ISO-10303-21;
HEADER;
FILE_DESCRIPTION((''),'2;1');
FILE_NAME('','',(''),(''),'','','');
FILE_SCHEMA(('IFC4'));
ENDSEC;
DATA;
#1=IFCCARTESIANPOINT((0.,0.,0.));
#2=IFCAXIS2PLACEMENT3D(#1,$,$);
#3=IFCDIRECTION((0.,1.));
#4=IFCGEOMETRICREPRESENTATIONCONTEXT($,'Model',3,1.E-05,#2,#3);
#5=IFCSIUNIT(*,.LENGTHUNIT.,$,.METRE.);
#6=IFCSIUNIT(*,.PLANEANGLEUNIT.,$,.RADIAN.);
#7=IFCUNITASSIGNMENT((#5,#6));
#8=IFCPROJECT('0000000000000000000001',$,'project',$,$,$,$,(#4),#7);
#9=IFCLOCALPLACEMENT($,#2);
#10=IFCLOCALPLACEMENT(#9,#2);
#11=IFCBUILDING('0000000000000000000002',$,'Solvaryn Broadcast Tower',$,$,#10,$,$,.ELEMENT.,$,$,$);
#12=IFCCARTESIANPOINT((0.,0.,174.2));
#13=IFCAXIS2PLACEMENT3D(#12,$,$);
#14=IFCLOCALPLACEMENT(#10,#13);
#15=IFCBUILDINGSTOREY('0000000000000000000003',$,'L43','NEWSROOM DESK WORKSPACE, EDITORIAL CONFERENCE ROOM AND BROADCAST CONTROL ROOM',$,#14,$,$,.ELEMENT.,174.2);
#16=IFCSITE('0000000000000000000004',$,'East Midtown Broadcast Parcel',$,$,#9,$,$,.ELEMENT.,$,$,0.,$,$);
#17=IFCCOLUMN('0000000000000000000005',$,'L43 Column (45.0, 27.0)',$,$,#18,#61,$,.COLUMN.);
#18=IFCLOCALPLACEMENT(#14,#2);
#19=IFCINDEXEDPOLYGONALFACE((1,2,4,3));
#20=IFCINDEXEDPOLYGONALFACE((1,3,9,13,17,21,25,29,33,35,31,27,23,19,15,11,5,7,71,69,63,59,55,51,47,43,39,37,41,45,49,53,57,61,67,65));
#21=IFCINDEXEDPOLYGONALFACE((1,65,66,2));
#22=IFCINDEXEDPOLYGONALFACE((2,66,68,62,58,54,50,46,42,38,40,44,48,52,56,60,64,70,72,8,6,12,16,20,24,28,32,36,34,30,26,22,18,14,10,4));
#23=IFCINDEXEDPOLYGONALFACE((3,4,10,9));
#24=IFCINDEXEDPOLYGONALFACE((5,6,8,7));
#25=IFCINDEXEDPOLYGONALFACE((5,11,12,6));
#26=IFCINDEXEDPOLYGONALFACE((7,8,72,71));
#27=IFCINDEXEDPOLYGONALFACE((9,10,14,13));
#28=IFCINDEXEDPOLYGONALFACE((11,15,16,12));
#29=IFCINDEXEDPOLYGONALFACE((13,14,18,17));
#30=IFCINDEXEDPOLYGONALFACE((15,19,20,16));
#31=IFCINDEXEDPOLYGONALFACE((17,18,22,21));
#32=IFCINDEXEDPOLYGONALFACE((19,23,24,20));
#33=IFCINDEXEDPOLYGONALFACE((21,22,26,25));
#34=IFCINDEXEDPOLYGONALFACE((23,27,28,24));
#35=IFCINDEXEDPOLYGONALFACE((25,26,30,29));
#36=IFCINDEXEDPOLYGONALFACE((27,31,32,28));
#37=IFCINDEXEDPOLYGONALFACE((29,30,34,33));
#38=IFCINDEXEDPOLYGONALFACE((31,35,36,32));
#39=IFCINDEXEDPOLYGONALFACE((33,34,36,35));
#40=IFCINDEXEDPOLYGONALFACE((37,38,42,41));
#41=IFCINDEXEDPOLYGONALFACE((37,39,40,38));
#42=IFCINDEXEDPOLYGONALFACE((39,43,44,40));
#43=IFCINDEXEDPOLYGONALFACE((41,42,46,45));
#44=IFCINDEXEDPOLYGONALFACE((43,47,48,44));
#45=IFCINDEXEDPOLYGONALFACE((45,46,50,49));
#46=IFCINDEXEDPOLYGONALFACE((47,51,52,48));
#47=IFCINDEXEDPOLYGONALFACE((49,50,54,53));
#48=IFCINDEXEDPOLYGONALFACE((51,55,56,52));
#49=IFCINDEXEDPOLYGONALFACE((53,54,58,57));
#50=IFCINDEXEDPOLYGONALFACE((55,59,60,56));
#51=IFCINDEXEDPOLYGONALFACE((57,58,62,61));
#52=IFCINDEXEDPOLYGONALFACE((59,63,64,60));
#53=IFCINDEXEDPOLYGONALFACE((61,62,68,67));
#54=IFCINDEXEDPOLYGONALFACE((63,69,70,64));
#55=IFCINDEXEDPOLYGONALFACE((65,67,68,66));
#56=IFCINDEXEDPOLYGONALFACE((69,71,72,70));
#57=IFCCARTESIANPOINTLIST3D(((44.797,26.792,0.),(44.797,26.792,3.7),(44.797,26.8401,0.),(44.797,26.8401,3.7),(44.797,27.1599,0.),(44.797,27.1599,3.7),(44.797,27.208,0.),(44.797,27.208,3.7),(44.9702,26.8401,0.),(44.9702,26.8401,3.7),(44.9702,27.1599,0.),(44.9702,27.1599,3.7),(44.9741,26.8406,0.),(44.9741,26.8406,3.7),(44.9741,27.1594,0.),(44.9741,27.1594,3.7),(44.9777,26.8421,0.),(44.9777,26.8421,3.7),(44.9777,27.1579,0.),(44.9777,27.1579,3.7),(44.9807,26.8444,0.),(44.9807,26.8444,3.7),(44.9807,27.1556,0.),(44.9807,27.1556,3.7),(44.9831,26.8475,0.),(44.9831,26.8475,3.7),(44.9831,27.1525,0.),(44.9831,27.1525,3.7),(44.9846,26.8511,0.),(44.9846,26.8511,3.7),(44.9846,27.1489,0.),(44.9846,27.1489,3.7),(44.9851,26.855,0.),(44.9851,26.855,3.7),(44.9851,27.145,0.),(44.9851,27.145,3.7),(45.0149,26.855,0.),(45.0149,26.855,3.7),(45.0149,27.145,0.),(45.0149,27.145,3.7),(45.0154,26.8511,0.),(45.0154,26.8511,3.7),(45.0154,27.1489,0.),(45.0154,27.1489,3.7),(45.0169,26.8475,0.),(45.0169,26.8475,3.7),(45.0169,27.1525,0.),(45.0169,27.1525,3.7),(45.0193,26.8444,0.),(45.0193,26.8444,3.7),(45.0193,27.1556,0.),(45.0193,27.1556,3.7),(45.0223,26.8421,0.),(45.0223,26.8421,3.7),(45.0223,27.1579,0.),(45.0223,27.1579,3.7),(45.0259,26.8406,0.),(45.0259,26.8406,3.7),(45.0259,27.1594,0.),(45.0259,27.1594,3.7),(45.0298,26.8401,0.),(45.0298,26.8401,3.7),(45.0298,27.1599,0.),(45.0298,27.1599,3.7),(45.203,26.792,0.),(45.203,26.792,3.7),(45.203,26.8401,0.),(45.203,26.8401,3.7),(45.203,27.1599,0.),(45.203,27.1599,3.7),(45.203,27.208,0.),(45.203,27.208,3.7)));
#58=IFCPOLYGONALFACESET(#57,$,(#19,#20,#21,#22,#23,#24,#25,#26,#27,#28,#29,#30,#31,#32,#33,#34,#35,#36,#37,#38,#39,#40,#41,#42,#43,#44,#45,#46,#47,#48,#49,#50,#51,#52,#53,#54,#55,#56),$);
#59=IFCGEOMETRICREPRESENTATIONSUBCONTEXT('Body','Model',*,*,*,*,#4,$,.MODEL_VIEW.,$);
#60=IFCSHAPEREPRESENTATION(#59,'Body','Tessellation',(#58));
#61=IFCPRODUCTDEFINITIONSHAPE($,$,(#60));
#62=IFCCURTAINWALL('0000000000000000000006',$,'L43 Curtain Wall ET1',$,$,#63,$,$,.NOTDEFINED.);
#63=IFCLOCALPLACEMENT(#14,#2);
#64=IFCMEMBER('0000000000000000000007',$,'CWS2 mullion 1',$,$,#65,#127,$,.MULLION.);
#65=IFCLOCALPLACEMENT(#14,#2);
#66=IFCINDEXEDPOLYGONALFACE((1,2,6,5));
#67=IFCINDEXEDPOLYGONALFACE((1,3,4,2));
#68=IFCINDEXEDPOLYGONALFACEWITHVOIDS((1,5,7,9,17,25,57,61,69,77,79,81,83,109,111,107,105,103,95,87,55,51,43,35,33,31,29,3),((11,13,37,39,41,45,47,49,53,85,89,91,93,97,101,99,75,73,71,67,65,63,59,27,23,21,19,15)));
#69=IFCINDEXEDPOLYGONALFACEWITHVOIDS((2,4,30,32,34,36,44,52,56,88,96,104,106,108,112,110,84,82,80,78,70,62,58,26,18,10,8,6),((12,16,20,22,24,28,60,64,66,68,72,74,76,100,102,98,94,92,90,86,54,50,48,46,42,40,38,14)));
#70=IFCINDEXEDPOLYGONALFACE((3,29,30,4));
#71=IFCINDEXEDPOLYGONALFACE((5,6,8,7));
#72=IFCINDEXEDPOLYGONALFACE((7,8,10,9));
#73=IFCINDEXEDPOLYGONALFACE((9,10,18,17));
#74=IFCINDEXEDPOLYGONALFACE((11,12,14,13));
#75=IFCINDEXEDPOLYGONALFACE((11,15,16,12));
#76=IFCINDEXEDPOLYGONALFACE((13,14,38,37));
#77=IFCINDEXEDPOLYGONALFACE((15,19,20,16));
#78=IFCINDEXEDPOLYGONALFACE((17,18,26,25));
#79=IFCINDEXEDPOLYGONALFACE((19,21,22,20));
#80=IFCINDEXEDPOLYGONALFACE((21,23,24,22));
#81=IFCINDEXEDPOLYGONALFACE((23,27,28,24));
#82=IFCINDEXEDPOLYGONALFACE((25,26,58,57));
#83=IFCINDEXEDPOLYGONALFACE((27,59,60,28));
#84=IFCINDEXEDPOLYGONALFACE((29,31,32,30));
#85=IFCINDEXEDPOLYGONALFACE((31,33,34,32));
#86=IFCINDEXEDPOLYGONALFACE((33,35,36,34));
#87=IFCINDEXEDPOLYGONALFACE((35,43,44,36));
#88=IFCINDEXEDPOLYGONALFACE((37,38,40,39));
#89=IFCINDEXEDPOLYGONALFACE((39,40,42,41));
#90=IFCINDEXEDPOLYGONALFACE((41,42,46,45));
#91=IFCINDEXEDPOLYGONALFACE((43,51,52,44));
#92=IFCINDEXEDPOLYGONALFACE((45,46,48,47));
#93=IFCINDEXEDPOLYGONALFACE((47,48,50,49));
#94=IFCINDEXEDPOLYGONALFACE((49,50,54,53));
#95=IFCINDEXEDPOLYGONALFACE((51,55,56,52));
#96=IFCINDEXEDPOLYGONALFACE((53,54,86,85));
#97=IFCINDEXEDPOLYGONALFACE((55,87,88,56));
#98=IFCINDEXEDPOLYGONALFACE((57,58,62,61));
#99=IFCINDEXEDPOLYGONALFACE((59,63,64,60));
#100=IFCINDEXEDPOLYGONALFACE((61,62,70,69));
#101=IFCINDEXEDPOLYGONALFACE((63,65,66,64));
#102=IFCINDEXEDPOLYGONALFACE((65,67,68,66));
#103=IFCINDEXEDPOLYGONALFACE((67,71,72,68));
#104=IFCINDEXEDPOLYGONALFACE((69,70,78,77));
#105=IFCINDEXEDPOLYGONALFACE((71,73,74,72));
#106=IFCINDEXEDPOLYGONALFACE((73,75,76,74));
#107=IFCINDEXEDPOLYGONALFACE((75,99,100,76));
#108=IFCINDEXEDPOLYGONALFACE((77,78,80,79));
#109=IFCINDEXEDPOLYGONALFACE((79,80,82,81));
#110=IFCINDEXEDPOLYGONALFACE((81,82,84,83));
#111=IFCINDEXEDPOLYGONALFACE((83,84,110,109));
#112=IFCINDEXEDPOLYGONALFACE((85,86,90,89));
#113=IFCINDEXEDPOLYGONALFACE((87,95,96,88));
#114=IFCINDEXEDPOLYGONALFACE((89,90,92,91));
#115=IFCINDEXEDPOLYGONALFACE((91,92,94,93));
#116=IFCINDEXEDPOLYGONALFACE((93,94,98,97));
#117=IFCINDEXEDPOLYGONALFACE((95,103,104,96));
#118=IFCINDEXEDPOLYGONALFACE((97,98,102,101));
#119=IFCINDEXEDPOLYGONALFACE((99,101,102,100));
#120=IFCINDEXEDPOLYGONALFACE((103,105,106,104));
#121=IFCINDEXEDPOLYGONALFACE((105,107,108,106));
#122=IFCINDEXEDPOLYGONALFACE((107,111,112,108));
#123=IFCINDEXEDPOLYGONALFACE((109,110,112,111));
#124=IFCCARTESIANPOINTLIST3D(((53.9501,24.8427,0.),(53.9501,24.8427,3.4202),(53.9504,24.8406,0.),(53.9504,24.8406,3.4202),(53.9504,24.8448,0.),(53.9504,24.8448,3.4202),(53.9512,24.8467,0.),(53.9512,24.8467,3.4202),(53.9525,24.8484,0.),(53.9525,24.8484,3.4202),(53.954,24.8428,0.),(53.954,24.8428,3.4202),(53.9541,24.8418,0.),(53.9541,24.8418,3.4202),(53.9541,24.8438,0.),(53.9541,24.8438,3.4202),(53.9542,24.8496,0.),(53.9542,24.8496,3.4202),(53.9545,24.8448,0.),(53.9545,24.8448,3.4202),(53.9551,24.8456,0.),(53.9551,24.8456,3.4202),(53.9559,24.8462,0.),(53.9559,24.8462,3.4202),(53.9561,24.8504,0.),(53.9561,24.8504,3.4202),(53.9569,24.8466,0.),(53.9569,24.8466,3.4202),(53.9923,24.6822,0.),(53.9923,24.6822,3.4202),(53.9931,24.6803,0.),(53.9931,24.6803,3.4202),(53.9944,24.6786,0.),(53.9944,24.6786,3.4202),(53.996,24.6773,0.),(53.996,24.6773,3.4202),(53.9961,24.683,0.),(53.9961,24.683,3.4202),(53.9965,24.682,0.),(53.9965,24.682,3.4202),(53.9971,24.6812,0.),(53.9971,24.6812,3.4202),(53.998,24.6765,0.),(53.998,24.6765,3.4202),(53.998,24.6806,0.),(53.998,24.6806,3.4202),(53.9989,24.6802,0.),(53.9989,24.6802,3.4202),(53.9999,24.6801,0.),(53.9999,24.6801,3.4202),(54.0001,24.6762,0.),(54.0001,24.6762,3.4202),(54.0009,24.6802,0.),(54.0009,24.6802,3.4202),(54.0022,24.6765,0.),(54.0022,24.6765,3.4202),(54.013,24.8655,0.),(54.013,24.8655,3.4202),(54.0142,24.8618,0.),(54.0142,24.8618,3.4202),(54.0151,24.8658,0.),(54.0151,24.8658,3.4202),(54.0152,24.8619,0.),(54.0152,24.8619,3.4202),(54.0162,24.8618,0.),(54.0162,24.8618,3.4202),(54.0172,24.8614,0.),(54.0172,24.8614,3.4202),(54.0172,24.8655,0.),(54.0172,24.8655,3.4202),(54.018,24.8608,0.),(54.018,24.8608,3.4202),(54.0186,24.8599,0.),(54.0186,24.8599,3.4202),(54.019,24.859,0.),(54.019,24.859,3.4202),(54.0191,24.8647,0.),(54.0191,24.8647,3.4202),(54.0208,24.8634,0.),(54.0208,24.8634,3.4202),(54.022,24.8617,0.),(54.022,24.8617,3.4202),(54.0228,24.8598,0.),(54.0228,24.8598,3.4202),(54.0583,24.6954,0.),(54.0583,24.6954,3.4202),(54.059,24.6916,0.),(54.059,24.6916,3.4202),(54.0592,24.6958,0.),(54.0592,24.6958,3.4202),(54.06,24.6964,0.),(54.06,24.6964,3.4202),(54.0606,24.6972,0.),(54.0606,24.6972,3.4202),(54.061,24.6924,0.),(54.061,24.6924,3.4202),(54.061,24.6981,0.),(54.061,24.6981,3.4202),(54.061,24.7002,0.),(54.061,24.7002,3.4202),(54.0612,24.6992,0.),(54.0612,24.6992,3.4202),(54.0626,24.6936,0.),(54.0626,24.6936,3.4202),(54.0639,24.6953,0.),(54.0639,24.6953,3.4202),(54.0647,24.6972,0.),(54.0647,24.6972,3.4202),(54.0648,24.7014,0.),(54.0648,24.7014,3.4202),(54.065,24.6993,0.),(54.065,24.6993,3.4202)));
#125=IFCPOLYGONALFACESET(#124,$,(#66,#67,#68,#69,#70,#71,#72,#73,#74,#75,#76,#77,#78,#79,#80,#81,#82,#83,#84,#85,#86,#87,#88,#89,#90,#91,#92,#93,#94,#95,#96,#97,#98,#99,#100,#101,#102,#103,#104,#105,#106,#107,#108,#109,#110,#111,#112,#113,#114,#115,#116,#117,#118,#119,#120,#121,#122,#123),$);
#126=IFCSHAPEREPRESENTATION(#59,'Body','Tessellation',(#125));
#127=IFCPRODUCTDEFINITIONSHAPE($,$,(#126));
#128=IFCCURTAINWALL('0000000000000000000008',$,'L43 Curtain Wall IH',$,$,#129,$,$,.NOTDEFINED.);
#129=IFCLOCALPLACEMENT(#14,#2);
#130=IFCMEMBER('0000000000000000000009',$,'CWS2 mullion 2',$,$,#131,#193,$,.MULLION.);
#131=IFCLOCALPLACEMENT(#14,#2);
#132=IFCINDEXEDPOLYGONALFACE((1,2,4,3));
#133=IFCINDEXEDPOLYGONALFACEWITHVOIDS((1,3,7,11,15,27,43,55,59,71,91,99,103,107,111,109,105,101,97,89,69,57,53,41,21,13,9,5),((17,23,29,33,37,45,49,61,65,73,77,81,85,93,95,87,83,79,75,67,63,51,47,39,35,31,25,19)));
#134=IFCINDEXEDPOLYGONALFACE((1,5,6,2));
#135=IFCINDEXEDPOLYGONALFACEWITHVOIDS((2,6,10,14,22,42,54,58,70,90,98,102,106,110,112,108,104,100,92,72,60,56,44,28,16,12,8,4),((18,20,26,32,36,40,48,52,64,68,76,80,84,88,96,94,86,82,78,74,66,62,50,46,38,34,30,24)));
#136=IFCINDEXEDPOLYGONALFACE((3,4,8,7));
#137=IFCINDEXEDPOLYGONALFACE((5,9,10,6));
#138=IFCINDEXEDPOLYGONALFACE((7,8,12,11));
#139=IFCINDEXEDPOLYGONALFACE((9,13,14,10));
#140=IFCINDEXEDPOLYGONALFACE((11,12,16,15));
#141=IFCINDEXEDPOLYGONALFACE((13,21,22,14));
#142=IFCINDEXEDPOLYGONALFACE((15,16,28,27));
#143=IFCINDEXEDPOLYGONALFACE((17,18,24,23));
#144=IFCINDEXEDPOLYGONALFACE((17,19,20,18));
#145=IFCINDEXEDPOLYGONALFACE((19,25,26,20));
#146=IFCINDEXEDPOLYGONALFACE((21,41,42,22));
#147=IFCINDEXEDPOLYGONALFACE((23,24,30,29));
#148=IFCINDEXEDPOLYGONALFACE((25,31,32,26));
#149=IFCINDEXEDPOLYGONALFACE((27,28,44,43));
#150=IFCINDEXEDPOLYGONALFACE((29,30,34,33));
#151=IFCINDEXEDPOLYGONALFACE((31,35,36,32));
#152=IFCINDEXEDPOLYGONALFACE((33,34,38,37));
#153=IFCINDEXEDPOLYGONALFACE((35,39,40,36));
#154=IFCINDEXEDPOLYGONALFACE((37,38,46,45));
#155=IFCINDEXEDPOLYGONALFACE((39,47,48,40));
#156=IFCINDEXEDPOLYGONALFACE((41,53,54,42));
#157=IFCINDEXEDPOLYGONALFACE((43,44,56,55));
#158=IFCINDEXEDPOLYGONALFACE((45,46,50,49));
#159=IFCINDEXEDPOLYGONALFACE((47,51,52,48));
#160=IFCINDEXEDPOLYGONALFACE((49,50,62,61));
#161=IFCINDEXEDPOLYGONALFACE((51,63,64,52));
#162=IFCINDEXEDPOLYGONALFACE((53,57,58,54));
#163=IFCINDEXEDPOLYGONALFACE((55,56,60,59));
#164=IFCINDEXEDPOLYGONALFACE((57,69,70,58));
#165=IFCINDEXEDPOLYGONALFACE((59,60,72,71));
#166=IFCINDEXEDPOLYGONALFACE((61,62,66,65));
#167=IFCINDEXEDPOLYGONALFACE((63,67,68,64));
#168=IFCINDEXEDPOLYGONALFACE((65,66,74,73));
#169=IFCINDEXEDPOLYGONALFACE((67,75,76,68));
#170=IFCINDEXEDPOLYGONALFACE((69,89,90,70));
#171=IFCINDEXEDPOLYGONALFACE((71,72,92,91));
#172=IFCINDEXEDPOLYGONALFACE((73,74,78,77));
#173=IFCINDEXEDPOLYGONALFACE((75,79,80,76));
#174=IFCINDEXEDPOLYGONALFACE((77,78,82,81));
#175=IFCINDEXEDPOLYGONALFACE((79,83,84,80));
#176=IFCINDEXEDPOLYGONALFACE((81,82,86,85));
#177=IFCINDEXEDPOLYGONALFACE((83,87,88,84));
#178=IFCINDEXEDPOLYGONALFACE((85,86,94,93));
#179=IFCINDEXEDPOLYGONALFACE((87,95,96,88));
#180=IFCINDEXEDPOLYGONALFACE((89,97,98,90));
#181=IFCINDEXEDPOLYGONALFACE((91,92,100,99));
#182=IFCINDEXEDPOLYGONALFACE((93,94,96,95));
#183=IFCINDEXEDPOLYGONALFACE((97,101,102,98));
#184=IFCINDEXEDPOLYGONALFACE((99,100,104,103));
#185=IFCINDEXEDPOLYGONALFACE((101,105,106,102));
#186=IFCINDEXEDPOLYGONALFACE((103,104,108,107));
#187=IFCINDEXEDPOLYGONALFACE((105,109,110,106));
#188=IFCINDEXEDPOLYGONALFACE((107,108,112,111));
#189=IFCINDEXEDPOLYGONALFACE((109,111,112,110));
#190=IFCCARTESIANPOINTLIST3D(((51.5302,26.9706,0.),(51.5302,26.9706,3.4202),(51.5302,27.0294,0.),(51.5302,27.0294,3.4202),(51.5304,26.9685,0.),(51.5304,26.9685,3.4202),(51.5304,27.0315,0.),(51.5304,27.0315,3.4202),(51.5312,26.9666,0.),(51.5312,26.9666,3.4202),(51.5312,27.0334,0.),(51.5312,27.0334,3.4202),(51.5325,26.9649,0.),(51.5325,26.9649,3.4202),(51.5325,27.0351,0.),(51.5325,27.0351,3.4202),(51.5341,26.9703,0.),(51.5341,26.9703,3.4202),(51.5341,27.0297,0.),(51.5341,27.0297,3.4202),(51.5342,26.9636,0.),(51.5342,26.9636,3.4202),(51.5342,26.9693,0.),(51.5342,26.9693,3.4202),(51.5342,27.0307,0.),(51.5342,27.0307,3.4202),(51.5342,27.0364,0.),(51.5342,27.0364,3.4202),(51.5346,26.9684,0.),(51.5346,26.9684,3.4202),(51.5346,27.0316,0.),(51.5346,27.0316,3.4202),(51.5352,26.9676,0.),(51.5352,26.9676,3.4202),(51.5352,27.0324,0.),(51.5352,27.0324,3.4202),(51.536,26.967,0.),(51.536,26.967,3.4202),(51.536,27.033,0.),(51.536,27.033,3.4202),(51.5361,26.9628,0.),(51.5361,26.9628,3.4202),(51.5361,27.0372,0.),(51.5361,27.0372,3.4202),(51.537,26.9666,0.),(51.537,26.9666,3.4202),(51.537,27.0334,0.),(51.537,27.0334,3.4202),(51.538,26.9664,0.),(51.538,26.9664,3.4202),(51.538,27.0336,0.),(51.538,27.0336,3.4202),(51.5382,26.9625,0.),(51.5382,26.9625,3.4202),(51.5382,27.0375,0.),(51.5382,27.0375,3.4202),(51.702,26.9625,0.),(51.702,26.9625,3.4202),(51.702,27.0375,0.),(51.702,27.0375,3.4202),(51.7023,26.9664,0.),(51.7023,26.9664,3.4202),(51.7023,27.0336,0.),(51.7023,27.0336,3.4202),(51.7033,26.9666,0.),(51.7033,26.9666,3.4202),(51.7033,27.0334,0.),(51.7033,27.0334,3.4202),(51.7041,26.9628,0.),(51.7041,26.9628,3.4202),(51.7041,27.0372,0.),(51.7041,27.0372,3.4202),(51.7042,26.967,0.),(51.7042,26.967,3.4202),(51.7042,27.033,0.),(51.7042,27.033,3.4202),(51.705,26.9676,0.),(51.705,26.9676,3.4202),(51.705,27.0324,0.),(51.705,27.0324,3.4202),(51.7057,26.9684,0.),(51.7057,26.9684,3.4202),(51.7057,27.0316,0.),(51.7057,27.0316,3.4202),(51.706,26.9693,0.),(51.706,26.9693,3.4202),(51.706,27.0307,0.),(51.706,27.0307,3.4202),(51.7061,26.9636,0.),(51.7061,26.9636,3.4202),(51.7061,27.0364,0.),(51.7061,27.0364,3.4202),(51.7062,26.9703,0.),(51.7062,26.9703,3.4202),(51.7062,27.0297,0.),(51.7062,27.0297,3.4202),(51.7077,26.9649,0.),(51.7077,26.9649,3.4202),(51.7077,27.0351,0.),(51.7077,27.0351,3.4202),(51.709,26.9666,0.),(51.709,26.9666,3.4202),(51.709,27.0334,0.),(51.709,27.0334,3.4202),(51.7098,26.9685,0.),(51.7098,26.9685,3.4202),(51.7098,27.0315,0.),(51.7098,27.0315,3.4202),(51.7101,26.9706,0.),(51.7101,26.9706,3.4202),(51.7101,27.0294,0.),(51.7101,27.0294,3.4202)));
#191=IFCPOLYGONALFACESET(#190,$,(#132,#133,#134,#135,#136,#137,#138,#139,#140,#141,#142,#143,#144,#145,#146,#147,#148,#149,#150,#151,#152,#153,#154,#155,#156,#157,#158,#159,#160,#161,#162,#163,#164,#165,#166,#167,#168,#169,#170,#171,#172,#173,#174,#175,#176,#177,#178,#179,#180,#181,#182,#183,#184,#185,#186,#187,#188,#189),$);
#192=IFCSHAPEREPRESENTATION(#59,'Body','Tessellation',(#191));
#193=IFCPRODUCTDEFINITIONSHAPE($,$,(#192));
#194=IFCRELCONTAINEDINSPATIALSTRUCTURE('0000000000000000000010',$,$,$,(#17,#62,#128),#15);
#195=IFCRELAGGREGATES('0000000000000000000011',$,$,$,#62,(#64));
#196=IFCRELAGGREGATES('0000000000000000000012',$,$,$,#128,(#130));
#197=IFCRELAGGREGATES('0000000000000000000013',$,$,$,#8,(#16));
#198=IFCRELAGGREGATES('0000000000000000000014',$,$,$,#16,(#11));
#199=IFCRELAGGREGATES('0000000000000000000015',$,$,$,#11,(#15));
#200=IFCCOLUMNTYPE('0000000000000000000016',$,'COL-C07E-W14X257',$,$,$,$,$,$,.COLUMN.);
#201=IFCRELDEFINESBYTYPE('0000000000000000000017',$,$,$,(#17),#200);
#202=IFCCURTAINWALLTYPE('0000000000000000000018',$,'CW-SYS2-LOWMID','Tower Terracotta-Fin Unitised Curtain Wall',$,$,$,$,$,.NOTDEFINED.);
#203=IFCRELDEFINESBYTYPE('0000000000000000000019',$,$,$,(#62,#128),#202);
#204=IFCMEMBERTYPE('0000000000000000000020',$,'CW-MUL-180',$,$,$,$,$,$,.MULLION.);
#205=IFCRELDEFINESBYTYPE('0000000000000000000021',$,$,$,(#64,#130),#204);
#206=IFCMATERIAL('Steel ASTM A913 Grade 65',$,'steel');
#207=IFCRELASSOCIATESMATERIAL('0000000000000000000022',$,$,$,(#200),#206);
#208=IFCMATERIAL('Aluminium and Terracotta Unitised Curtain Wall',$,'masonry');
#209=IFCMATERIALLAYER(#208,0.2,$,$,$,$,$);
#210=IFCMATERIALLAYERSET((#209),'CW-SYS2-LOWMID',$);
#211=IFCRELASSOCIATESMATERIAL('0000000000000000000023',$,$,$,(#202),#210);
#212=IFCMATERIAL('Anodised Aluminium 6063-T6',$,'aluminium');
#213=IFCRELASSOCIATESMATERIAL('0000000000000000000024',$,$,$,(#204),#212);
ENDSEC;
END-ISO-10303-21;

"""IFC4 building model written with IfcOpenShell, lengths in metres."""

from ifc_helpers import new_model, si_unit, direction, frame, origin, origin_2d, place, context, subcontext, project, spatial, hollow_rectangle, i_section, extrude, material, layer, layer_set, material_profile, profile_set, type_object, element, aggregate, save


model = new_model("IFC4")

# Units and contexts
model_context = context("Model", 3, precision=1e-05, world=origin(), true_north=direction((0.0, 1.0)))
body_context = subcontext(model_context, "Body", "Model", "MODEL_VIEW")
ifc_project = project(units=[si_unit("LENGTHUNIT", "METRE"), si_unit("PLANEANGLEUNIT", "RADIAN")], contexts=[model_context])

# Site, building, storey
site_placement = place(None, origin())
site = spatial("IfcSite", under=ifc_project, at=site_placement, Name="East Midtown Broadcast Parcel", CompositionType="ELEMENT", RefElevation=0.0)
building_placement = place(site_placement, origin())
building = spatial("IfcBuilding", under=site, at=building_placement, Name="Solvaryn Broadcast Tower", CompositionType="ELEMENT")
storey_placement = place(building_placement, frame((0.0, 0.0, 174.2)))
storey = spatial("IfcBuildingStorey", under=building, at=storey_placement, Name="L43", Description="NEWSROOM DESK WORKSPACE, EDITORIAL CONFERENCE ROOM AND BROADCAST CONTROL ROOM", CompositionType="ELEMENT", Elevation=174.2)

# Column
ifc_material_1 = material(Name="Steel ASTM A913 Grade 65", Category="steel")
ifc_material_profile_1 = material_profile(ifc_material_1, i_section(OverallWidth=0.406, OverallDepth=0.416, WebThickness=0.0298, FlangeThickness=0.0481, FilletRadius=0.0149, at=origin_2d()))
ifc_profile_set_1 = profile_set([ifc_material_profile_1], Name="Steel ASTM A913 Grade 65")
column_type = type_object("IfcColumnType", Name="COL-C07E-W14X257", PredefinedType="COLUMN", material=ifc_profile_set_1)
column_placement = place(storey_placement, frame((45.0, 27.0, 0.0), z_axis=(0.0, 0.0, 1.0), x_axis=(1.0, 0.0, 0.0)))
element("IfcColumn", 1, at=column_placement, inside=storey, type_object=column_type, Name="L43 Column (45.0, 27.0)", PredefinedType="COLUMN", context=body_context, shape_type="SweptSolid", body=[
    extrude(i_section(OverallWidth=0.406, OverallDepth=0.416, WebThickness=0.0298, FlangeThickness=0.0481, FilletRadius=0.0149, at=origin_2d()), origin(), (0.0, 0.0, 1.0), 3.7),
])

# Curtain walls, members
ifc_material_2 = material(Name="Aluminium and Terracotta Unitised Curtain Wall", Category="masonry")
ifc_layer_1 = layer(ifc_material_2, 0.2)
ifc_layer_set_1 = layer_set([ifc_layer_1], Name="CW-SYS2-LOWMID")
curtain_wall_type = type_object("IfcCurtainWallType", Name="CW-SYS2-LOWMID", Description="Tower Terracotta-Fin Unitised Curtain Wall", PredefinedType="NOTDEFINED", material=ifc_layer_set_1)
curtain_wall_1_placement = place(storey_placement, origin())
curtain_wall_1 = element("IfcCurtainWall", 2, at=curtain_wall_1_placement, inside=storey, type_object=curtain_wall_type, Name="L43 Curtain Wall ET1", PredefinedType="NOTDEFINED")
ifc_material_3 = material(Name="Anodised Aluminium 6063-T6", Category="aluminium")
ifc_material_profile_2 = material_profile(ifc_material_3, hollow_rectangle(XDim=0.075, YDim=0.1799, WallThickness=0.0039, InnerFilletRadius=0.0039, OuterFilletRadius=0.0081, at=origin_2d()))
ifc_profile_set_2 = profile_set([ifc_material_profile_2], Name="Anodised Aluminium 6063-T6")
member_type_1 = type_object("IfcMemberType", Name="CW-MUL-180", PredefinedType="MULLION", material=ifc_profile_set_2)
member_1_placement = place(storey_placement, frame((54.0076, 24.771, 0.0), z_axis=(0.0, 0.0, 1.0), x_axis=(0.966705, 0.255893, 0.0)))
member_1 = element("IfcMember", 3, at=member_1_placement, type_object=member_type_1, Name="CWS2 mullion 1", PredefinedType="MULLION", context=body_context, shape_type="SweptSolid", body=[
    extrude(hollow_rectangle(XDim=0.075, YDim=0.1799, WallThickness=0.0039, InnerFilletRadius=0.0039, OuterFilletRadius=0.0081, at=origin_2d()), origin(), (0.0, 0.0, 1.0), 3.4202),
])
curtain_wall_2_placement = place(storey_placement, origin())
curtain_wall_2 = element("IfcCurtainWall", 4, at=curtain_wall_2_placement, inside=storey, type_object=curtain_wall_type, Name="L43 Curtain Wall IH", PredefinedType="NOTDEFINED")
member_2_placement = place(storey_placement, frame((51.6201, 27.0, 0.0), z_axis=(0.0, 0.0, 1.0), x_axis=(0.0, 1.0, 0.0)))
member_2 = element("IfcMember", 5, at=member_2_placement, type_object=member_type_1, Name="CWS2 mullion 2", PredefinedType="MULLION", context=body_context, shape_type="SweptSolid", body=[
    extrude(hollow_rectangle(XDim=0.075, YDim=0.1799, WallThickness=0.0039, InnerFilletRadius=0.0039, OuterFilletRadius=0.0081, at=origin_2d()), origin(), (0.0, 0.0, 1.0), 3.4202),
])

aggregate(curtain_wall_1, [member_1])
aggregate(curtain_wall_2, [member_2])

save(model, "model.ifc")
